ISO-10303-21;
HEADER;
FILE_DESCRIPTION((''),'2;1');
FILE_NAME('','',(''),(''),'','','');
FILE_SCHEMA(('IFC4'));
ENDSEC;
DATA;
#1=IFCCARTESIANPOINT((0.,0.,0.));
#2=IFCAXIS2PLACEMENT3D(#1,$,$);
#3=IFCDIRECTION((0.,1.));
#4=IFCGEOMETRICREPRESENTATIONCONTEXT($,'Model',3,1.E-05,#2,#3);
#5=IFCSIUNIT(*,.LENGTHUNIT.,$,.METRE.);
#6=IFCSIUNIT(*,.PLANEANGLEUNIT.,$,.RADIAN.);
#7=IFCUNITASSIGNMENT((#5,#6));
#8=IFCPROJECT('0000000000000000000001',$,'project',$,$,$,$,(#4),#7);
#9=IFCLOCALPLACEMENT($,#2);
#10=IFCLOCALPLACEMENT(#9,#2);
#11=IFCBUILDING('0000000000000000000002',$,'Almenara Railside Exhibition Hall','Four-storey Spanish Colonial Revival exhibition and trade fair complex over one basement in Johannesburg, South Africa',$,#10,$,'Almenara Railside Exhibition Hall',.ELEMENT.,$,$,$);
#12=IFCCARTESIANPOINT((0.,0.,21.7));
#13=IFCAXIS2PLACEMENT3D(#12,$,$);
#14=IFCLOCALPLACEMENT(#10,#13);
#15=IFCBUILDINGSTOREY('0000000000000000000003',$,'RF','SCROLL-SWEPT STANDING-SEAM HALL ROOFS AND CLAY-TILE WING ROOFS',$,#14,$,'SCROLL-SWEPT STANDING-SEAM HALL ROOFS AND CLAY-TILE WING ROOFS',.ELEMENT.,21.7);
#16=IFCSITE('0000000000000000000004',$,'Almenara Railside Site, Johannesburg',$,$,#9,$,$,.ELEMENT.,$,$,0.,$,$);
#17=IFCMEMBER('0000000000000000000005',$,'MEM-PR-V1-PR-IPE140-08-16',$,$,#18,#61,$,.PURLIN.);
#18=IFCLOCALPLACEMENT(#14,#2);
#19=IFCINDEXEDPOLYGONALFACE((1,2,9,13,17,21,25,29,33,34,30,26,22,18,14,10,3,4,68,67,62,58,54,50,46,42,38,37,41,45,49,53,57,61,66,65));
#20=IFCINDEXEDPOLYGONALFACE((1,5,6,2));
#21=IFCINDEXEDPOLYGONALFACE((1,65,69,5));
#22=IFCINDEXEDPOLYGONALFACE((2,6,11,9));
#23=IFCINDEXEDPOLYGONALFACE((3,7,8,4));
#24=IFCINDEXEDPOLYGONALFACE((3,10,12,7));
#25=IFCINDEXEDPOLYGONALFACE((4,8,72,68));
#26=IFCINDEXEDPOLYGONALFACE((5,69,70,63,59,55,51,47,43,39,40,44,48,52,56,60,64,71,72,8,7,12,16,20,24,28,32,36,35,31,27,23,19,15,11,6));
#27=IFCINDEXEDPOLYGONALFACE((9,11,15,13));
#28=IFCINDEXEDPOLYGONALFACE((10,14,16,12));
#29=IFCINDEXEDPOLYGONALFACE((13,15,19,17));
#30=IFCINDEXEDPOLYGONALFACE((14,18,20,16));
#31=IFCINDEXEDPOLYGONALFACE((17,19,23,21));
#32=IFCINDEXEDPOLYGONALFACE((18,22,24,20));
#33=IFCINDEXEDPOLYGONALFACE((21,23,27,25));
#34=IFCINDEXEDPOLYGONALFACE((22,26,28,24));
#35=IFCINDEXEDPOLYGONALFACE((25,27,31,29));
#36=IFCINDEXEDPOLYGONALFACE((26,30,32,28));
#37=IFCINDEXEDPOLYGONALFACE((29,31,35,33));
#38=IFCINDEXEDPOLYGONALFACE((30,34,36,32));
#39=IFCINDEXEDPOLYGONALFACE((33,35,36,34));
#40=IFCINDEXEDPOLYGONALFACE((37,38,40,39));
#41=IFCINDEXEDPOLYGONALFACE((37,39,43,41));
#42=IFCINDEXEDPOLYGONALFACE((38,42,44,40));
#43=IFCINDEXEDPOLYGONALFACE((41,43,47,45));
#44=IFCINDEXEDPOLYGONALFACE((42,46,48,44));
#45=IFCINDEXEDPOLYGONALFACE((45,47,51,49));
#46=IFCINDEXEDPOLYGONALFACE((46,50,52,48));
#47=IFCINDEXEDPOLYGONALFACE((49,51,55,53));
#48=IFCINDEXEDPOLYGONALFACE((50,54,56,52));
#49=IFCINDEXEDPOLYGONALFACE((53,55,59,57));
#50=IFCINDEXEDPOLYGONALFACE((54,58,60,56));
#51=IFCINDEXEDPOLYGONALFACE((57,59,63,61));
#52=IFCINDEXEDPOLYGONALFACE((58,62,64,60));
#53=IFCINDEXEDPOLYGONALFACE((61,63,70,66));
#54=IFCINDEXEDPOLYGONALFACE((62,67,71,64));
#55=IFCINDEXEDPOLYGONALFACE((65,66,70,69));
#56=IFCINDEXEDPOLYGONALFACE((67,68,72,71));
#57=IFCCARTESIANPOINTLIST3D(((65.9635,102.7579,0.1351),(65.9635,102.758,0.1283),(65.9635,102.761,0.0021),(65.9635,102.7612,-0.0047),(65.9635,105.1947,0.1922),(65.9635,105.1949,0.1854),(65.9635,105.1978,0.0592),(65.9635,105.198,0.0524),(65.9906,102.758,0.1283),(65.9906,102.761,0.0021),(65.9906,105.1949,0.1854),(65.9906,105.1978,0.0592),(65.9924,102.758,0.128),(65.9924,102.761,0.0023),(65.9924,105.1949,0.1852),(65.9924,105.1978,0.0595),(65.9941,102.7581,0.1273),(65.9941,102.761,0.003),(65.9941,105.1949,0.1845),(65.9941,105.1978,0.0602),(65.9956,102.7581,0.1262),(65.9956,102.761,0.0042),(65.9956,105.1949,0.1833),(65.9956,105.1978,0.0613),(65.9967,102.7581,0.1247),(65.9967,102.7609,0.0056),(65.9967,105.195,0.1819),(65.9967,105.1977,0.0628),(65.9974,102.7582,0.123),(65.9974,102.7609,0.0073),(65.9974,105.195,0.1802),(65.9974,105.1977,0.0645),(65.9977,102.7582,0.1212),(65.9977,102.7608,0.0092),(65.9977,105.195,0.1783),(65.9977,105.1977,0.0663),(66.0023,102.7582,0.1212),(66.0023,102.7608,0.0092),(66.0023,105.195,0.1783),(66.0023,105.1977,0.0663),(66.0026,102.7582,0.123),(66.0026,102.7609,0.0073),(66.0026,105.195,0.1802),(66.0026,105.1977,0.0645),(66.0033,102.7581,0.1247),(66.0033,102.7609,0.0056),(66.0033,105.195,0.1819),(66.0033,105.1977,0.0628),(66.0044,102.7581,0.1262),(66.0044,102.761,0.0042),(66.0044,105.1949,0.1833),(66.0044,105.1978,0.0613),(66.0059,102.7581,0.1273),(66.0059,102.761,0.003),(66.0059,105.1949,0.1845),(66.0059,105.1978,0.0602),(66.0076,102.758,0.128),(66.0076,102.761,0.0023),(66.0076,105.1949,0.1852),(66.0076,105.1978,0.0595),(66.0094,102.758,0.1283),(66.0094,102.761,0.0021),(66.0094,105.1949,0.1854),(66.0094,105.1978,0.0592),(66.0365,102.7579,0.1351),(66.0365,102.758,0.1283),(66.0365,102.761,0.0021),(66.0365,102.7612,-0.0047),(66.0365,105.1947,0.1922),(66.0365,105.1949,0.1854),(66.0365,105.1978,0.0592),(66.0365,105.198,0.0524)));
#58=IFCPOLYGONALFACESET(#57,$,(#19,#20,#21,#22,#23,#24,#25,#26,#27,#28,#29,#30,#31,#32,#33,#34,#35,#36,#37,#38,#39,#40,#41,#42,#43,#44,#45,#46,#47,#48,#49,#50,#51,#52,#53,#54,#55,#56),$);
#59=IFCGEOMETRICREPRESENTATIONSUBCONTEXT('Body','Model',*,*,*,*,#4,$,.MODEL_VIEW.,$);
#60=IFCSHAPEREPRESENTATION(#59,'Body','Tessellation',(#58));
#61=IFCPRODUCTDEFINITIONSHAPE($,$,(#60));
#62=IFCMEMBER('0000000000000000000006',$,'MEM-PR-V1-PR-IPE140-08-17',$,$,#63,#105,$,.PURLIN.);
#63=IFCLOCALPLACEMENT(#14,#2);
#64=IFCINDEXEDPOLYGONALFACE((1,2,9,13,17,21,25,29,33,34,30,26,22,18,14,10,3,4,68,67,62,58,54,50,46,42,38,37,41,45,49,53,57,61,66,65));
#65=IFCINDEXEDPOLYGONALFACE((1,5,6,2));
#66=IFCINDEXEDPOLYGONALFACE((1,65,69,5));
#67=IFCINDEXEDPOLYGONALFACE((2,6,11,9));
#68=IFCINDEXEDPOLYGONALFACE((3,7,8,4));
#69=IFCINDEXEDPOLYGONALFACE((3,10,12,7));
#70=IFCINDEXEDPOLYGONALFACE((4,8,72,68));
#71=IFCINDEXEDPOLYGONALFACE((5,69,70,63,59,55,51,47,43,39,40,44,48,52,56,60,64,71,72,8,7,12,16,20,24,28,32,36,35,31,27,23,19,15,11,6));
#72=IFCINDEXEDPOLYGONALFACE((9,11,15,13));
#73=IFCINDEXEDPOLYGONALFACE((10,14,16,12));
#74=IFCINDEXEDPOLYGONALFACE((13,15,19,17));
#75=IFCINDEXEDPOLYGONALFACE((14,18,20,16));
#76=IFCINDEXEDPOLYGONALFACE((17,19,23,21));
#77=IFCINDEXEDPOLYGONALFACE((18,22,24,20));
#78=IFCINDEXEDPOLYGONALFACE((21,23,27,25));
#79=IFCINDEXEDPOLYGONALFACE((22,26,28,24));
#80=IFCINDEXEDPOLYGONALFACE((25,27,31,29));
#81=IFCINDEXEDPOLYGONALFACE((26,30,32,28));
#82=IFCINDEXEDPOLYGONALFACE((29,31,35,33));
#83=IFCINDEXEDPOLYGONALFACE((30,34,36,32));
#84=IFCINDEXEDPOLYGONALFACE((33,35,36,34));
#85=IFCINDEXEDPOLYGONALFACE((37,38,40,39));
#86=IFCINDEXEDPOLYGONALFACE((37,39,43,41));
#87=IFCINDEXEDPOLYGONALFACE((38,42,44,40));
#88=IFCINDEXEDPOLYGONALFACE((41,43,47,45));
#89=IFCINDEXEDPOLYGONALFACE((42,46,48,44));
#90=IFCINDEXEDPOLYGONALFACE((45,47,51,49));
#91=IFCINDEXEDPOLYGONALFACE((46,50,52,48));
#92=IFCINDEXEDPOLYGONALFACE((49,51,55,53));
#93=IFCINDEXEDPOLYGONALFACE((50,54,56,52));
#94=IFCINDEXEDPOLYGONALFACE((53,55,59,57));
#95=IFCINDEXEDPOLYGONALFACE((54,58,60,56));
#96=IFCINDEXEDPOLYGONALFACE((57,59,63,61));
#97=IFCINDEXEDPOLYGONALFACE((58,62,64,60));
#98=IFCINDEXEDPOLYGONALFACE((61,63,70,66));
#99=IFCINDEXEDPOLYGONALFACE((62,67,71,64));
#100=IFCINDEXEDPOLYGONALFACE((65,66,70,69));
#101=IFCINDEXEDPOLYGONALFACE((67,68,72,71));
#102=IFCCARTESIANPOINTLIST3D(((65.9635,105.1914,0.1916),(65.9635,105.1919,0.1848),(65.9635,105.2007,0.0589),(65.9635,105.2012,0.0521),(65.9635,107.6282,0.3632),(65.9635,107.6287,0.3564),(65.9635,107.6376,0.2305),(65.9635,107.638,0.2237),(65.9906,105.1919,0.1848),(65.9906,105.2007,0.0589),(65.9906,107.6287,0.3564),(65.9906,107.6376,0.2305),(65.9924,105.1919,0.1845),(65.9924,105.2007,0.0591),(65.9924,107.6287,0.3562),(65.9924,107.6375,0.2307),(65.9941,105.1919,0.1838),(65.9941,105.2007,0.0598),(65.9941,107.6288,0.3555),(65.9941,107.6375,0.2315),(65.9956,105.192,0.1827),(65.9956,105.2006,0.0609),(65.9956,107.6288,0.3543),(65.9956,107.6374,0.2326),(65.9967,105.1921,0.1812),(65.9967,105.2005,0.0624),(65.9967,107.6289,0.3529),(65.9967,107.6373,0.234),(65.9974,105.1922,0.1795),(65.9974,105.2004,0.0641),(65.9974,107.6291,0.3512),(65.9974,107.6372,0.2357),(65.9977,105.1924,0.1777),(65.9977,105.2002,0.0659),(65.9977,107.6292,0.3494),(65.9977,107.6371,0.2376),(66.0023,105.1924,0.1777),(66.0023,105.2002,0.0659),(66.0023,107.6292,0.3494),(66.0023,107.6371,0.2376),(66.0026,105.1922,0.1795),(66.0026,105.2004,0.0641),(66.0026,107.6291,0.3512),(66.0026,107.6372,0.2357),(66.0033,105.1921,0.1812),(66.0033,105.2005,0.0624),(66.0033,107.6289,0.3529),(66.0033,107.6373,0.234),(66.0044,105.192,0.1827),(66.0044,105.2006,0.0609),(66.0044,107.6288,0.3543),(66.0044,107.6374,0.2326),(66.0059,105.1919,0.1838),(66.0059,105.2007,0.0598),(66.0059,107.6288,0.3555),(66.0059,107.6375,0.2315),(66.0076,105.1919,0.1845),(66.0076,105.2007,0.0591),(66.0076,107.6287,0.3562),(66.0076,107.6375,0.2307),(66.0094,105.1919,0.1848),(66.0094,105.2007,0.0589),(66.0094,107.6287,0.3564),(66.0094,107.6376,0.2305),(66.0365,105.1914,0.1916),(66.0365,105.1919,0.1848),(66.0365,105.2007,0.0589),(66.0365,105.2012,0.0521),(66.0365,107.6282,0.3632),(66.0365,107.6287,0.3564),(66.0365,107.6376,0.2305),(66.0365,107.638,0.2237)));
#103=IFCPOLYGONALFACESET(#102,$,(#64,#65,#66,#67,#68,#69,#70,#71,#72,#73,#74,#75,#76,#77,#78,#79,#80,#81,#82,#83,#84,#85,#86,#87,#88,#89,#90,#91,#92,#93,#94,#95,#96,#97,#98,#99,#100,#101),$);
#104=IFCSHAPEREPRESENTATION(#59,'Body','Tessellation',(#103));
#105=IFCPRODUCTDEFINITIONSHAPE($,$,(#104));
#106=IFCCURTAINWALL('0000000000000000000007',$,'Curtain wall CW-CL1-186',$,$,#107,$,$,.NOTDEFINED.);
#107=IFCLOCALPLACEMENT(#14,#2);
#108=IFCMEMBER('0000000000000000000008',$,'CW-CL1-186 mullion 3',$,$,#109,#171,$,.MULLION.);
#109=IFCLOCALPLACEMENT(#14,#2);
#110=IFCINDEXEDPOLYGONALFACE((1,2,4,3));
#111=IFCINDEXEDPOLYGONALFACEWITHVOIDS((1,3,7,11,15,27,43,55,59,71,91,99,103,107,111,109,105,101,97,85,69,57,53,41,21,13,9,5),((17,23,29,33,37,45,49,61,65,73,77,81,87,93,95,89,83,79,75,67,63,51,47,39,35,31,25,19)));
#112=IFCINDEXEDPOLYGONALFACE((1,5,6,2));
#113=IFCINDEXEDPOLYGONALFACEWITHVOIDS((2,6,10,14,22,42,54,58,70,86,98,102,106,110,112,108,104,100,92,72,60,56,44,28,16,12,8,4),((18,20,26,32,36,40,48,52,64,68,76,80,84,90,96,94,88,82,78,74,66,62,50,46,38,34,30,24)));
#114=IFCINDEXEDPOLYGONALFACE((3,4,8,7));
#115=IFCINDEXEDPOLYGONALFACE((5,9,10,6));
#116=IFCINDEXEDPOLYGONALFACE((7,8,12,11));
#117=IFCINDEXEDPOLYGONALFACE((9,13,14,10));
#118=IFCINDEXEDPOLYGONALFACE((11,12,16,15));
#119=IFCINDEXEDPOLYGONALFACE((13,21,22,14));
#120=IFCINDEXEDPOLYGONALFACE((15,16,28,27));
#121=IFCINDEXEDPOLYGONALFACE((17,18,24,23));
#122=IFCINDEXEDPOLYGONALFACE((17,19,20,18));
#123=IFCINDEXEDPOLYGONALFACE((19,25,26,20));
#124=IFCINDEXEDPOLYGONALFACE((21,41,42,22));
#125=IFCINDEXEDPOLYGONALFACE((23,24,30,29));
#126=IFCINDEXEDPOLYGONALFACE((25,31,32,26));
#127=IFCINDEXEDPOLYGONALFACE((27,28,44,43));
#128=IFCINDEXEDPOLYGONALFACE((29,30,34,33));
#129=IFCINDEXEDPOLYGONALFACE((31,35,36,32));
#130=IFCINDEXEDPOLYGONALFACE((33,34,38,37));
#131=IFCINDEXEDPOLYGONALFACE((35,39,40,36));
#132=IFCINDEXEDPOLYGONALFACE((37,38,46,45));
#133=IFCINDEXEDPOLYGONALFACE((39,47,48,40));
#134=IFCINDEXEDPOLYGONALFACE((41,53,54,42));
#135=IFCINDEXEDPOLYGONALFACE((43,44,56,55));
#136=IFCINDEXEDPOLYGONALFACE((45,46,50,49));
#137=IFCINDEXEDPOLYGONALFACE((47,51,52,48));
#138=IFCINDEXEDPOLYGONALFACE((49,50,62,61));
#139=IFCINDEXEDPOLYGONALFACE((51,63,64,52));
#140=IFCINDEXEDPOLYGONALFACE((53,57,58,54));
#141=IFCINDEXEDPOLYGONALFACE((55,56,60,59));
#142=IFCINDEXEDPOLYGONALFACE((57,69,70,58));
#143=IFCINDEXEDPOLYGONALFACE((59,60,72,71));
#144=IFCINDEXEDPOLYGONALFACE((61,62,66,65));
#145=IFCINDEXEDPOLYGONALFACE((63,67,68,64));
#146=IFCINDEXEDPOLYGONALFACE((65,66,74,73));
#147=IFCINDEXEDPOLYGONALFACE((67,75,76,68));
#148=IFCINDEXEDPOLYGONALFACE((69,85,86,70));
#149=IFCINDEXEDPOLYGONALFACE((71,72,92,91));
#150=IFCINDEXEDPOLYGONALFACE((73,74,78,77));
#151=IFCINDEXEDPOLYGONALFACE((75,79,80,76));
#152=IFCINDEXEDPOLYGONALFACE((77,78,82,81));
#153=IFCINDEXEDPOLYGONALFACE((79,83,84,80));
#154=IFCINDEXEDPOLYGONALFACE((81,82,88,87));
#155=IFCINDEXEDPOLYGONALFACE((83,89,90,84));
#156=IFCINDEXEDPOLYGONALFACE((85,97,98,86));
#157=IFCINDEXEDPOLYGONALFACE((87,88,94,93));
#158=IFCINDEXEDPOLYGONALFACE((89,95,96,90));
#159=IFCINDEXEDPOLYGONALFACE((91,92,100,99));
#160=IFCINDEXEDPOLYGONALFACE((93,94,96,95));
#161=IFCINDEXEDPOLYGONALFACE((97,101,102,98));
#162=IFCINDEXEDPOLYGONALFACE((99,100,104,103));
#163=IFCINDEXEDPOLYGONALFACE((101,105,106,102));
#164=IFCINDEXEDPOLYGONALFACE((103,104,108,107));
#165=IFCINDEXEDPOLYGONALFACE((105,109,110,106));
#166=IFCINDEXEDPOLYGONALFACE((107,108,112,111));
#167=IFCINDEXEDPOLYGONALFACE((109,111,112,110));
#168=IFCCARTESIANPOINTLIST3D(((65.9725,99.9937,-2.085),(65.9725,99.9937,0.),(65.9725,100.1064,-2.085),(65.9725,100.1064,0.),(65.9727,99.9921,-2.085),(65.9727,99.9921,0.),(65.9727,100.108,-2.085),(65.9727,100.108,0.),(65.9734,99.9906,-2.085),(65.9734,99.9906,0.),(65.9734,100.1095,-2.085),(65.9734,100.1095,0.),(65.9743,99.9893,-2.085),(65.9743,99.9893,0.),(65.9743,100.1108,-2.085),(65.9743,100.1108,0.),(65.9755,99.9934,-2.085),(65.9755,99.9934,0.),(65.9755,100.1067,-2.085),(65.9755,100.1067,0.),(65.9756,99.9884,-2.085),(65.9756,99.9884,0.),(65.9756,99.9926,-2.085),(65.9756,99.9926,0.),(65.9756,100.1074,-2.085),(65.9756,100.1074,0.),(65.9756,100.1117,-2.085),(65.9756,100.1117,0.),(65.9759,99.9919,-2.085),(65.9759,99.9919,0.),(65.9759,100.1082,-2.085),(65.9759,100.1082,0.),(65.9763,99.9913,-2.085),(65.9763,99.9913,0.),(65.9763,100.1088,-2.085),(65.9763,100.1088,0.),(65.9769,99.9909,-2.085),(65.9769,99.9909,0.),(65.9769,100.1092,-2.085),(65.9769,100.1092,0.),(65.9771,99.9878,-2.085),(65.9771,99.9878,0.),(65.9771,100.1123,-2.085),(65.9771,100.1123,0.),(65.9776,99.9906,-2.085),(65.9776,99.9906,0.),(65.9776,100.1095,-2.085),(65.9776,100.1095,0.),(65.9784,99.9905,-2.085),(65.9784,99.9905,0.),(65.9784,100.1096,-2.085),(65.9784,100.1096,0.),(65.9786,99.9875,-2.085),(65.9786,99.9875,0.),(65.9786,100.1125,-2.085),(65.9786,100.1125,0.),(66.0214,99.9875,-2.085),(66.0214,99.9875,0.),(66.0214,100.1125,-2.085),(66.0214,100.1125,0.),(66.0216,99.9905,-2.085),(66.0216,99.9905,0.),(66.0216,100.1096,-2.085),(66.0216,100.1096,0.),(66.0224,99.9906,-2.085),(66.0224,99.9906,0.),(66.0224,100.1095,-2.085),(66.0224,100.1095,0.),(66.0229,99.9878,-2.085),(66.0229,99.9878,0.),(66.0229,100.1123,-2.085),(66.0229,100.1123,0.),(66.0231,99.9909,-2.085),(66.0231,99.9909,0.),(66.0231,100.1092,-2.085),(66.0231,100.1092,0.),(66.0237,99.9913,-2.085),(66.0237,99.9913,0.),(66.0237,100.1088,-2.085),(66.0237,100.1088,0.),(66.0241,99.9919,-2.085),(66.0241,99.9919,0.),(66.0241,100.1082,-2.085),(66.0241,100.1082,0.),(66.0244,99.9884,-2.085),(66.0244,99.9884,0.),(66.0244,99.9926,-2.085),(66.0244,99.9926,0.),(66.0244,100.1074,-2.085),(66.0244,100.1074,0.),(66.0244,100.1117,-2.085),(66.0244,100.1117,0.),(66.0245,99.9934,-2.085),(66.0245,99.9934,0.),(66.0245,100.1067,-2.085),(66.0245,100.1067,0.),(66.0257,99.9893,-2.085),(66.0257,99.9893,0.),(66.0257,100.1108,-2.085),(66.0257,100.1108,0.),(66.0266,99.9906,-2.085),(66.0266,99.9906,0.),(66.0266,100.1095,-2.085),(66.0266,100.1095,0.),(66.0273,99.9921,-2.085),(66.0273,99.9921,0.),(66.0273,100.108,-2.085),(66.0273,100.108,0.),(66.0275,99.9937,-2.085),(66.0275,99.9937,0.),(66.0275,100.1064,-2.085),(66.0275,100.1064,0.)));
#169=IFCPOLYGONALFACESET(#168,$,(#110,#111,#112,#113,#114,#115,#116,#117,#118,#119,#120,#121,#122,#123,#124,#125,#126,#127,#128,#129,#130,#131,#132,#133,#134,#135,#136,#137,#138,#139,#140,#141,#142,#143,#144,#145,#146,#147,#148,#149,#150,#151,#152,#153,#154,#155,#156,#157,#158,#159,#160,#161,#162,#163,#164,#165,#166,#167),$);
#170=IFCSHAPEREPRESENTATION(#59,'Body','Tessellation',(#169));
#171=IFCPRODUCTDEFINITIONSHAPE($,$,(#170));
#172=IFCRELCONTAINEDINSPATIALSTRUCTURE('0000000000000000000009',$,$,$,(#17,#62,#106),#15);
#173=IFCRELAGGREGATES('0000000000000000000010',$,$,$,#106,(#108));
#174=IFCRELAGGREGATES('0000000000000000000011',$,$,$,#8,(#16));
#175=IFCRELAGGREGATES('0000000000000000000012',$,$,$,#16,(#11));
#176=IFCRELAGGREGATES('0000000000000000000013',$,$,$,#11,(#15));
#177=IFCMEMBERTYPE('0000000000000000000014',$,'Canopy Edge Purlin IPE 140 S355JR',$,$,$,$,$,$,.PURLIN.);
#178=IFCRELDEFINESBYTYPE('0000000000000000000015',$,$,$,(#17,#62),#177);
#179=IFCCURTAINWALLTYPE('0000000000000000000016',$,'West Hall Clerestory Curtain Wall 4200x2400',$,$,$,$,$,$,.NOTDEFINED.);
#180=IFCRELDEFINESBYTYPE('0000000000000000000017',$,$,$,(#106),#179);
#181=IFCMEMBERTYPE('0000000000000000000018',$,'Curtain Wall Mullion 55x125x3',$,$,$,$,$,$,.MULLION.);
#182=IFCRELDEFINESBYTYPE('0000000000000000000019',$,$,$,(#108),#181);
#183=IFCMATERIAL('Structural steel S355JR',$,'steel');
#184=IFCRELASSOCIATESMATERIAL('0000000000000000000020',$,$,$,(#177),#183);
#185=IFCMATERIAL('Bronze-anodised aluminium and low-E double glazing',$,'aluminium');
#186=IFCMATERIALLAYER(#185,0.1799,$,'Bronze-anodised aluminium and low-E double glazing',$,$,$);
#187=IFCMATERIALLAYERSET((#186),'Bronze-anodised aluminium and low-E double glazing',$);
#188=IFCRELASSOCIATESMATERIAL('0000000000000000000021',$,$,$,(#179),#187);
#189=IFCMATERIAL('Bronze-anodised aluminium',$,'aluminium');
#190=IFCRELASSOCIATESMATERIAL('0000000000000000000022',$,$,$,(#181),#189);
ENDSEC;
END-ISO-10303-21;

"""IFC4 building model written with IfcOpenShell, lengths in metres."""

from ifc_helpers import new_model, si_unit, direction, frame, origin, origin_2d, place, context, subcontext, project, spatial, hollow_rectangle, i_section, extrude, material, layer, layer_set, material_profile, profile_set, type_object, element, aggregate, save


model = new_model("IFC4")

# Units and contexts
model_context = context("Model", 3, precision=1e-05, world=origin(), true_north=direction((0.0, 1.0)))
body_context = subcontext(model_context, "Body", "Model", "MODEL_VIEW")
ifc_project = project(units=[si_unit("LENGTHUNIT", "METRE"), si_unit("PLANEANGLEUNIT", "RADIAN")], contexts=[model_context])

# Site, building, storey
site_placement = place(None, origin())
site = spatial("IfcSite", under=ifc_project, at=site_placement, Name="Almenara Railside Site, Johannesburg", CompositionType="ELEMENT", RefElevation=0.0)
building_placement = place(site_placement, origin())
building = spatial("IfcBuilding", under=site, at=building_placement, Name="Almenara Railside Exhibition Hall", Description="Four-storey Spanish Colonial Revival exhibition and trade fair complex over one basement in Johannesburg, South Africa", LongName="Almenara Railside Exhibition Hall", CompositionType="ELEMENT")
storey_placement = place(building_placement, frame((0.0, 0.0, 21.7)))
storey = spatial("IfcBuildingStorey", under=building, at=storey_placement, Name="RF", Description="SCROLL-SWEPT STANDING-SEAM HALL ROOFS AND CLAY-TILE WING ROOFS", LongName="SCROLL-SWEPT STANDING-SEAM HALL ROOFS AND CLAY-TILE WING ROOFS", CompositionType="ELEMENT", Elevation=21.7)

# Members
ifc_material_1 = material(Name="Structural steel S355JR", Category="steel")
ifc_material_profile_1 = material_profile(ifc_material_1, i_section(OverallWidth=0.073, OverallDepth=0.1399, WebThickness=0.0046, FlangeThickness=0.0068, FilletRadius=0.0071, at=origin_2d()), Name="IPE 140")
ifc_profile_set_1 = profile_set([ifc_material_profile_1], Name="Structural steel S355JR")
member_type_1 = type_object("IfcMemberType", Name="Canopy Edge Purlin IPE 140 S355JR", PredefinedType="PURLIN", material=ifc_profile_set_1)
member_1_placement = place(storey_placement, frame((66.0, 102.7595, 0.0652), z_axis=(0.0, 0.999725, 0.023438), x_axis=(-1.0, 0.0, 0.0)))
element("IfcMember", 1, at=member_1_placement, inside=storey, type_object=member_type_1, Name="MEM-PR-V1-PR-IPE140-08-16", PredefinedType="PURLIN", context=body_context, shape_type="SweptSolid", body=[
    extrude(i_section(OverallWidth=0.073, OverallDepth=0.1399, WebThickness=0.0046, FlangeThickness=0.0068, FilletRadius=0.0071, at=origin_2d()), origin(), (0.0, 0.0, 1.0), 2.4375),
])
member_2_placement = place(storey_placement, frame((66.0, 105.1963, 0.1218), z_axis=(0.0, 0.997529, 0.07026), x_axis=(-1.0, 0.0, 0.0)))
element("IfcMember", 2, at=member_2_placement, inside=storey, type_object=member_type_1, Name="MEM-PR-V1-PR-IPE140-08-17", PredefinedType="PURLIN", context=body_context, shape_type="SweptSolid", body=[
    extrude(i_section(OverallWidth=0.073, OverallDepth=0.1399, WebThickness=0.0046, FlangeThickness=0.0068, FilletRadius=0.0071, at=origin_2d()), origin(), (0.0, 0.0, 1.0), 2.4429),
])

# Curtain wall, member
ifc_material_2 = material(Name="Bronze-anodised aluminium and low-E double glazing", Category="aluminium")
ifc_layer_1 = layer(ifc_material_2, 0.1799, Name="Bronze-anodised aluminium and low-E double glazing")
ifc_layer_set_1 = layer_set([ifc_layer_1], Name="Bronze-anodised aluminium and low-E double glazing")
curtain_wall_type = type_object("IfcCurtainWallType", Name="West Hall Clerestory Curtain Wall 4200x2400", PredefinedType="NOTDEFINED", material=ifc_layer_set_1)
curtain_wall_1_placement = place(storey_placement, origin())
curtain_wall_1 = element("IfcCurtainWall", 3, at=curtain_wall_1_placement, inside=storey, type_object=curtain_wall_type, Name="Curtain wall CW-CL1-186", PredefinedType="NOTDEFINED")
ifc_material_3 = material(Name="Bronze-anodised aluminium", Category="aluminium")
ifc_material_profile_2 = material_profile(ifc_material_3, hollow_rectangle(XDim=0.0549, YDim=0.125, WallThickness=0.0029, InnerFilletRadius=0.0029, OuterFilletRadius=0.0061, at=origin_2d()), Name="ALU-MUL 55x125x3")
ifc_profile_set_2 = profile_set([ifc_material_profile_2], Name="Bronze-anodised aluminium")
member_type_2 = type_object("IfcMemberType", Name="Curtain Wall Mullion 55x125x3", PredefinedType="MULLION", material=ifc_profile_set_2)
member_3_placement = place(storey_placement, frame((66.0, 100.05, -2.085), z_axis=(0.0, 0.0, 1.0), x_axis=(-1.0, 0.0, 0.0)))
member_3 = element("IfcMember", 4, at=member_3_placement, type_object=member_type_2, Name="CW-CL1-186 mullion 3", PredefinedType="MULLION", context=body_context, shape_type="SweptSolid", body=[
    extrude(hollow_rectangle(XDim=0.0549, YDim=0.125, WallThickness=0.0029, InnerFilletRadius=0.0029, OuterFilletRadius=0.0061, at=origin_2d()), origin(), (0.0, 0.0, 1.0), 2.085),
])

aggregate(curtain_wall_1, [member_3])

save(model, "model.ifc")
